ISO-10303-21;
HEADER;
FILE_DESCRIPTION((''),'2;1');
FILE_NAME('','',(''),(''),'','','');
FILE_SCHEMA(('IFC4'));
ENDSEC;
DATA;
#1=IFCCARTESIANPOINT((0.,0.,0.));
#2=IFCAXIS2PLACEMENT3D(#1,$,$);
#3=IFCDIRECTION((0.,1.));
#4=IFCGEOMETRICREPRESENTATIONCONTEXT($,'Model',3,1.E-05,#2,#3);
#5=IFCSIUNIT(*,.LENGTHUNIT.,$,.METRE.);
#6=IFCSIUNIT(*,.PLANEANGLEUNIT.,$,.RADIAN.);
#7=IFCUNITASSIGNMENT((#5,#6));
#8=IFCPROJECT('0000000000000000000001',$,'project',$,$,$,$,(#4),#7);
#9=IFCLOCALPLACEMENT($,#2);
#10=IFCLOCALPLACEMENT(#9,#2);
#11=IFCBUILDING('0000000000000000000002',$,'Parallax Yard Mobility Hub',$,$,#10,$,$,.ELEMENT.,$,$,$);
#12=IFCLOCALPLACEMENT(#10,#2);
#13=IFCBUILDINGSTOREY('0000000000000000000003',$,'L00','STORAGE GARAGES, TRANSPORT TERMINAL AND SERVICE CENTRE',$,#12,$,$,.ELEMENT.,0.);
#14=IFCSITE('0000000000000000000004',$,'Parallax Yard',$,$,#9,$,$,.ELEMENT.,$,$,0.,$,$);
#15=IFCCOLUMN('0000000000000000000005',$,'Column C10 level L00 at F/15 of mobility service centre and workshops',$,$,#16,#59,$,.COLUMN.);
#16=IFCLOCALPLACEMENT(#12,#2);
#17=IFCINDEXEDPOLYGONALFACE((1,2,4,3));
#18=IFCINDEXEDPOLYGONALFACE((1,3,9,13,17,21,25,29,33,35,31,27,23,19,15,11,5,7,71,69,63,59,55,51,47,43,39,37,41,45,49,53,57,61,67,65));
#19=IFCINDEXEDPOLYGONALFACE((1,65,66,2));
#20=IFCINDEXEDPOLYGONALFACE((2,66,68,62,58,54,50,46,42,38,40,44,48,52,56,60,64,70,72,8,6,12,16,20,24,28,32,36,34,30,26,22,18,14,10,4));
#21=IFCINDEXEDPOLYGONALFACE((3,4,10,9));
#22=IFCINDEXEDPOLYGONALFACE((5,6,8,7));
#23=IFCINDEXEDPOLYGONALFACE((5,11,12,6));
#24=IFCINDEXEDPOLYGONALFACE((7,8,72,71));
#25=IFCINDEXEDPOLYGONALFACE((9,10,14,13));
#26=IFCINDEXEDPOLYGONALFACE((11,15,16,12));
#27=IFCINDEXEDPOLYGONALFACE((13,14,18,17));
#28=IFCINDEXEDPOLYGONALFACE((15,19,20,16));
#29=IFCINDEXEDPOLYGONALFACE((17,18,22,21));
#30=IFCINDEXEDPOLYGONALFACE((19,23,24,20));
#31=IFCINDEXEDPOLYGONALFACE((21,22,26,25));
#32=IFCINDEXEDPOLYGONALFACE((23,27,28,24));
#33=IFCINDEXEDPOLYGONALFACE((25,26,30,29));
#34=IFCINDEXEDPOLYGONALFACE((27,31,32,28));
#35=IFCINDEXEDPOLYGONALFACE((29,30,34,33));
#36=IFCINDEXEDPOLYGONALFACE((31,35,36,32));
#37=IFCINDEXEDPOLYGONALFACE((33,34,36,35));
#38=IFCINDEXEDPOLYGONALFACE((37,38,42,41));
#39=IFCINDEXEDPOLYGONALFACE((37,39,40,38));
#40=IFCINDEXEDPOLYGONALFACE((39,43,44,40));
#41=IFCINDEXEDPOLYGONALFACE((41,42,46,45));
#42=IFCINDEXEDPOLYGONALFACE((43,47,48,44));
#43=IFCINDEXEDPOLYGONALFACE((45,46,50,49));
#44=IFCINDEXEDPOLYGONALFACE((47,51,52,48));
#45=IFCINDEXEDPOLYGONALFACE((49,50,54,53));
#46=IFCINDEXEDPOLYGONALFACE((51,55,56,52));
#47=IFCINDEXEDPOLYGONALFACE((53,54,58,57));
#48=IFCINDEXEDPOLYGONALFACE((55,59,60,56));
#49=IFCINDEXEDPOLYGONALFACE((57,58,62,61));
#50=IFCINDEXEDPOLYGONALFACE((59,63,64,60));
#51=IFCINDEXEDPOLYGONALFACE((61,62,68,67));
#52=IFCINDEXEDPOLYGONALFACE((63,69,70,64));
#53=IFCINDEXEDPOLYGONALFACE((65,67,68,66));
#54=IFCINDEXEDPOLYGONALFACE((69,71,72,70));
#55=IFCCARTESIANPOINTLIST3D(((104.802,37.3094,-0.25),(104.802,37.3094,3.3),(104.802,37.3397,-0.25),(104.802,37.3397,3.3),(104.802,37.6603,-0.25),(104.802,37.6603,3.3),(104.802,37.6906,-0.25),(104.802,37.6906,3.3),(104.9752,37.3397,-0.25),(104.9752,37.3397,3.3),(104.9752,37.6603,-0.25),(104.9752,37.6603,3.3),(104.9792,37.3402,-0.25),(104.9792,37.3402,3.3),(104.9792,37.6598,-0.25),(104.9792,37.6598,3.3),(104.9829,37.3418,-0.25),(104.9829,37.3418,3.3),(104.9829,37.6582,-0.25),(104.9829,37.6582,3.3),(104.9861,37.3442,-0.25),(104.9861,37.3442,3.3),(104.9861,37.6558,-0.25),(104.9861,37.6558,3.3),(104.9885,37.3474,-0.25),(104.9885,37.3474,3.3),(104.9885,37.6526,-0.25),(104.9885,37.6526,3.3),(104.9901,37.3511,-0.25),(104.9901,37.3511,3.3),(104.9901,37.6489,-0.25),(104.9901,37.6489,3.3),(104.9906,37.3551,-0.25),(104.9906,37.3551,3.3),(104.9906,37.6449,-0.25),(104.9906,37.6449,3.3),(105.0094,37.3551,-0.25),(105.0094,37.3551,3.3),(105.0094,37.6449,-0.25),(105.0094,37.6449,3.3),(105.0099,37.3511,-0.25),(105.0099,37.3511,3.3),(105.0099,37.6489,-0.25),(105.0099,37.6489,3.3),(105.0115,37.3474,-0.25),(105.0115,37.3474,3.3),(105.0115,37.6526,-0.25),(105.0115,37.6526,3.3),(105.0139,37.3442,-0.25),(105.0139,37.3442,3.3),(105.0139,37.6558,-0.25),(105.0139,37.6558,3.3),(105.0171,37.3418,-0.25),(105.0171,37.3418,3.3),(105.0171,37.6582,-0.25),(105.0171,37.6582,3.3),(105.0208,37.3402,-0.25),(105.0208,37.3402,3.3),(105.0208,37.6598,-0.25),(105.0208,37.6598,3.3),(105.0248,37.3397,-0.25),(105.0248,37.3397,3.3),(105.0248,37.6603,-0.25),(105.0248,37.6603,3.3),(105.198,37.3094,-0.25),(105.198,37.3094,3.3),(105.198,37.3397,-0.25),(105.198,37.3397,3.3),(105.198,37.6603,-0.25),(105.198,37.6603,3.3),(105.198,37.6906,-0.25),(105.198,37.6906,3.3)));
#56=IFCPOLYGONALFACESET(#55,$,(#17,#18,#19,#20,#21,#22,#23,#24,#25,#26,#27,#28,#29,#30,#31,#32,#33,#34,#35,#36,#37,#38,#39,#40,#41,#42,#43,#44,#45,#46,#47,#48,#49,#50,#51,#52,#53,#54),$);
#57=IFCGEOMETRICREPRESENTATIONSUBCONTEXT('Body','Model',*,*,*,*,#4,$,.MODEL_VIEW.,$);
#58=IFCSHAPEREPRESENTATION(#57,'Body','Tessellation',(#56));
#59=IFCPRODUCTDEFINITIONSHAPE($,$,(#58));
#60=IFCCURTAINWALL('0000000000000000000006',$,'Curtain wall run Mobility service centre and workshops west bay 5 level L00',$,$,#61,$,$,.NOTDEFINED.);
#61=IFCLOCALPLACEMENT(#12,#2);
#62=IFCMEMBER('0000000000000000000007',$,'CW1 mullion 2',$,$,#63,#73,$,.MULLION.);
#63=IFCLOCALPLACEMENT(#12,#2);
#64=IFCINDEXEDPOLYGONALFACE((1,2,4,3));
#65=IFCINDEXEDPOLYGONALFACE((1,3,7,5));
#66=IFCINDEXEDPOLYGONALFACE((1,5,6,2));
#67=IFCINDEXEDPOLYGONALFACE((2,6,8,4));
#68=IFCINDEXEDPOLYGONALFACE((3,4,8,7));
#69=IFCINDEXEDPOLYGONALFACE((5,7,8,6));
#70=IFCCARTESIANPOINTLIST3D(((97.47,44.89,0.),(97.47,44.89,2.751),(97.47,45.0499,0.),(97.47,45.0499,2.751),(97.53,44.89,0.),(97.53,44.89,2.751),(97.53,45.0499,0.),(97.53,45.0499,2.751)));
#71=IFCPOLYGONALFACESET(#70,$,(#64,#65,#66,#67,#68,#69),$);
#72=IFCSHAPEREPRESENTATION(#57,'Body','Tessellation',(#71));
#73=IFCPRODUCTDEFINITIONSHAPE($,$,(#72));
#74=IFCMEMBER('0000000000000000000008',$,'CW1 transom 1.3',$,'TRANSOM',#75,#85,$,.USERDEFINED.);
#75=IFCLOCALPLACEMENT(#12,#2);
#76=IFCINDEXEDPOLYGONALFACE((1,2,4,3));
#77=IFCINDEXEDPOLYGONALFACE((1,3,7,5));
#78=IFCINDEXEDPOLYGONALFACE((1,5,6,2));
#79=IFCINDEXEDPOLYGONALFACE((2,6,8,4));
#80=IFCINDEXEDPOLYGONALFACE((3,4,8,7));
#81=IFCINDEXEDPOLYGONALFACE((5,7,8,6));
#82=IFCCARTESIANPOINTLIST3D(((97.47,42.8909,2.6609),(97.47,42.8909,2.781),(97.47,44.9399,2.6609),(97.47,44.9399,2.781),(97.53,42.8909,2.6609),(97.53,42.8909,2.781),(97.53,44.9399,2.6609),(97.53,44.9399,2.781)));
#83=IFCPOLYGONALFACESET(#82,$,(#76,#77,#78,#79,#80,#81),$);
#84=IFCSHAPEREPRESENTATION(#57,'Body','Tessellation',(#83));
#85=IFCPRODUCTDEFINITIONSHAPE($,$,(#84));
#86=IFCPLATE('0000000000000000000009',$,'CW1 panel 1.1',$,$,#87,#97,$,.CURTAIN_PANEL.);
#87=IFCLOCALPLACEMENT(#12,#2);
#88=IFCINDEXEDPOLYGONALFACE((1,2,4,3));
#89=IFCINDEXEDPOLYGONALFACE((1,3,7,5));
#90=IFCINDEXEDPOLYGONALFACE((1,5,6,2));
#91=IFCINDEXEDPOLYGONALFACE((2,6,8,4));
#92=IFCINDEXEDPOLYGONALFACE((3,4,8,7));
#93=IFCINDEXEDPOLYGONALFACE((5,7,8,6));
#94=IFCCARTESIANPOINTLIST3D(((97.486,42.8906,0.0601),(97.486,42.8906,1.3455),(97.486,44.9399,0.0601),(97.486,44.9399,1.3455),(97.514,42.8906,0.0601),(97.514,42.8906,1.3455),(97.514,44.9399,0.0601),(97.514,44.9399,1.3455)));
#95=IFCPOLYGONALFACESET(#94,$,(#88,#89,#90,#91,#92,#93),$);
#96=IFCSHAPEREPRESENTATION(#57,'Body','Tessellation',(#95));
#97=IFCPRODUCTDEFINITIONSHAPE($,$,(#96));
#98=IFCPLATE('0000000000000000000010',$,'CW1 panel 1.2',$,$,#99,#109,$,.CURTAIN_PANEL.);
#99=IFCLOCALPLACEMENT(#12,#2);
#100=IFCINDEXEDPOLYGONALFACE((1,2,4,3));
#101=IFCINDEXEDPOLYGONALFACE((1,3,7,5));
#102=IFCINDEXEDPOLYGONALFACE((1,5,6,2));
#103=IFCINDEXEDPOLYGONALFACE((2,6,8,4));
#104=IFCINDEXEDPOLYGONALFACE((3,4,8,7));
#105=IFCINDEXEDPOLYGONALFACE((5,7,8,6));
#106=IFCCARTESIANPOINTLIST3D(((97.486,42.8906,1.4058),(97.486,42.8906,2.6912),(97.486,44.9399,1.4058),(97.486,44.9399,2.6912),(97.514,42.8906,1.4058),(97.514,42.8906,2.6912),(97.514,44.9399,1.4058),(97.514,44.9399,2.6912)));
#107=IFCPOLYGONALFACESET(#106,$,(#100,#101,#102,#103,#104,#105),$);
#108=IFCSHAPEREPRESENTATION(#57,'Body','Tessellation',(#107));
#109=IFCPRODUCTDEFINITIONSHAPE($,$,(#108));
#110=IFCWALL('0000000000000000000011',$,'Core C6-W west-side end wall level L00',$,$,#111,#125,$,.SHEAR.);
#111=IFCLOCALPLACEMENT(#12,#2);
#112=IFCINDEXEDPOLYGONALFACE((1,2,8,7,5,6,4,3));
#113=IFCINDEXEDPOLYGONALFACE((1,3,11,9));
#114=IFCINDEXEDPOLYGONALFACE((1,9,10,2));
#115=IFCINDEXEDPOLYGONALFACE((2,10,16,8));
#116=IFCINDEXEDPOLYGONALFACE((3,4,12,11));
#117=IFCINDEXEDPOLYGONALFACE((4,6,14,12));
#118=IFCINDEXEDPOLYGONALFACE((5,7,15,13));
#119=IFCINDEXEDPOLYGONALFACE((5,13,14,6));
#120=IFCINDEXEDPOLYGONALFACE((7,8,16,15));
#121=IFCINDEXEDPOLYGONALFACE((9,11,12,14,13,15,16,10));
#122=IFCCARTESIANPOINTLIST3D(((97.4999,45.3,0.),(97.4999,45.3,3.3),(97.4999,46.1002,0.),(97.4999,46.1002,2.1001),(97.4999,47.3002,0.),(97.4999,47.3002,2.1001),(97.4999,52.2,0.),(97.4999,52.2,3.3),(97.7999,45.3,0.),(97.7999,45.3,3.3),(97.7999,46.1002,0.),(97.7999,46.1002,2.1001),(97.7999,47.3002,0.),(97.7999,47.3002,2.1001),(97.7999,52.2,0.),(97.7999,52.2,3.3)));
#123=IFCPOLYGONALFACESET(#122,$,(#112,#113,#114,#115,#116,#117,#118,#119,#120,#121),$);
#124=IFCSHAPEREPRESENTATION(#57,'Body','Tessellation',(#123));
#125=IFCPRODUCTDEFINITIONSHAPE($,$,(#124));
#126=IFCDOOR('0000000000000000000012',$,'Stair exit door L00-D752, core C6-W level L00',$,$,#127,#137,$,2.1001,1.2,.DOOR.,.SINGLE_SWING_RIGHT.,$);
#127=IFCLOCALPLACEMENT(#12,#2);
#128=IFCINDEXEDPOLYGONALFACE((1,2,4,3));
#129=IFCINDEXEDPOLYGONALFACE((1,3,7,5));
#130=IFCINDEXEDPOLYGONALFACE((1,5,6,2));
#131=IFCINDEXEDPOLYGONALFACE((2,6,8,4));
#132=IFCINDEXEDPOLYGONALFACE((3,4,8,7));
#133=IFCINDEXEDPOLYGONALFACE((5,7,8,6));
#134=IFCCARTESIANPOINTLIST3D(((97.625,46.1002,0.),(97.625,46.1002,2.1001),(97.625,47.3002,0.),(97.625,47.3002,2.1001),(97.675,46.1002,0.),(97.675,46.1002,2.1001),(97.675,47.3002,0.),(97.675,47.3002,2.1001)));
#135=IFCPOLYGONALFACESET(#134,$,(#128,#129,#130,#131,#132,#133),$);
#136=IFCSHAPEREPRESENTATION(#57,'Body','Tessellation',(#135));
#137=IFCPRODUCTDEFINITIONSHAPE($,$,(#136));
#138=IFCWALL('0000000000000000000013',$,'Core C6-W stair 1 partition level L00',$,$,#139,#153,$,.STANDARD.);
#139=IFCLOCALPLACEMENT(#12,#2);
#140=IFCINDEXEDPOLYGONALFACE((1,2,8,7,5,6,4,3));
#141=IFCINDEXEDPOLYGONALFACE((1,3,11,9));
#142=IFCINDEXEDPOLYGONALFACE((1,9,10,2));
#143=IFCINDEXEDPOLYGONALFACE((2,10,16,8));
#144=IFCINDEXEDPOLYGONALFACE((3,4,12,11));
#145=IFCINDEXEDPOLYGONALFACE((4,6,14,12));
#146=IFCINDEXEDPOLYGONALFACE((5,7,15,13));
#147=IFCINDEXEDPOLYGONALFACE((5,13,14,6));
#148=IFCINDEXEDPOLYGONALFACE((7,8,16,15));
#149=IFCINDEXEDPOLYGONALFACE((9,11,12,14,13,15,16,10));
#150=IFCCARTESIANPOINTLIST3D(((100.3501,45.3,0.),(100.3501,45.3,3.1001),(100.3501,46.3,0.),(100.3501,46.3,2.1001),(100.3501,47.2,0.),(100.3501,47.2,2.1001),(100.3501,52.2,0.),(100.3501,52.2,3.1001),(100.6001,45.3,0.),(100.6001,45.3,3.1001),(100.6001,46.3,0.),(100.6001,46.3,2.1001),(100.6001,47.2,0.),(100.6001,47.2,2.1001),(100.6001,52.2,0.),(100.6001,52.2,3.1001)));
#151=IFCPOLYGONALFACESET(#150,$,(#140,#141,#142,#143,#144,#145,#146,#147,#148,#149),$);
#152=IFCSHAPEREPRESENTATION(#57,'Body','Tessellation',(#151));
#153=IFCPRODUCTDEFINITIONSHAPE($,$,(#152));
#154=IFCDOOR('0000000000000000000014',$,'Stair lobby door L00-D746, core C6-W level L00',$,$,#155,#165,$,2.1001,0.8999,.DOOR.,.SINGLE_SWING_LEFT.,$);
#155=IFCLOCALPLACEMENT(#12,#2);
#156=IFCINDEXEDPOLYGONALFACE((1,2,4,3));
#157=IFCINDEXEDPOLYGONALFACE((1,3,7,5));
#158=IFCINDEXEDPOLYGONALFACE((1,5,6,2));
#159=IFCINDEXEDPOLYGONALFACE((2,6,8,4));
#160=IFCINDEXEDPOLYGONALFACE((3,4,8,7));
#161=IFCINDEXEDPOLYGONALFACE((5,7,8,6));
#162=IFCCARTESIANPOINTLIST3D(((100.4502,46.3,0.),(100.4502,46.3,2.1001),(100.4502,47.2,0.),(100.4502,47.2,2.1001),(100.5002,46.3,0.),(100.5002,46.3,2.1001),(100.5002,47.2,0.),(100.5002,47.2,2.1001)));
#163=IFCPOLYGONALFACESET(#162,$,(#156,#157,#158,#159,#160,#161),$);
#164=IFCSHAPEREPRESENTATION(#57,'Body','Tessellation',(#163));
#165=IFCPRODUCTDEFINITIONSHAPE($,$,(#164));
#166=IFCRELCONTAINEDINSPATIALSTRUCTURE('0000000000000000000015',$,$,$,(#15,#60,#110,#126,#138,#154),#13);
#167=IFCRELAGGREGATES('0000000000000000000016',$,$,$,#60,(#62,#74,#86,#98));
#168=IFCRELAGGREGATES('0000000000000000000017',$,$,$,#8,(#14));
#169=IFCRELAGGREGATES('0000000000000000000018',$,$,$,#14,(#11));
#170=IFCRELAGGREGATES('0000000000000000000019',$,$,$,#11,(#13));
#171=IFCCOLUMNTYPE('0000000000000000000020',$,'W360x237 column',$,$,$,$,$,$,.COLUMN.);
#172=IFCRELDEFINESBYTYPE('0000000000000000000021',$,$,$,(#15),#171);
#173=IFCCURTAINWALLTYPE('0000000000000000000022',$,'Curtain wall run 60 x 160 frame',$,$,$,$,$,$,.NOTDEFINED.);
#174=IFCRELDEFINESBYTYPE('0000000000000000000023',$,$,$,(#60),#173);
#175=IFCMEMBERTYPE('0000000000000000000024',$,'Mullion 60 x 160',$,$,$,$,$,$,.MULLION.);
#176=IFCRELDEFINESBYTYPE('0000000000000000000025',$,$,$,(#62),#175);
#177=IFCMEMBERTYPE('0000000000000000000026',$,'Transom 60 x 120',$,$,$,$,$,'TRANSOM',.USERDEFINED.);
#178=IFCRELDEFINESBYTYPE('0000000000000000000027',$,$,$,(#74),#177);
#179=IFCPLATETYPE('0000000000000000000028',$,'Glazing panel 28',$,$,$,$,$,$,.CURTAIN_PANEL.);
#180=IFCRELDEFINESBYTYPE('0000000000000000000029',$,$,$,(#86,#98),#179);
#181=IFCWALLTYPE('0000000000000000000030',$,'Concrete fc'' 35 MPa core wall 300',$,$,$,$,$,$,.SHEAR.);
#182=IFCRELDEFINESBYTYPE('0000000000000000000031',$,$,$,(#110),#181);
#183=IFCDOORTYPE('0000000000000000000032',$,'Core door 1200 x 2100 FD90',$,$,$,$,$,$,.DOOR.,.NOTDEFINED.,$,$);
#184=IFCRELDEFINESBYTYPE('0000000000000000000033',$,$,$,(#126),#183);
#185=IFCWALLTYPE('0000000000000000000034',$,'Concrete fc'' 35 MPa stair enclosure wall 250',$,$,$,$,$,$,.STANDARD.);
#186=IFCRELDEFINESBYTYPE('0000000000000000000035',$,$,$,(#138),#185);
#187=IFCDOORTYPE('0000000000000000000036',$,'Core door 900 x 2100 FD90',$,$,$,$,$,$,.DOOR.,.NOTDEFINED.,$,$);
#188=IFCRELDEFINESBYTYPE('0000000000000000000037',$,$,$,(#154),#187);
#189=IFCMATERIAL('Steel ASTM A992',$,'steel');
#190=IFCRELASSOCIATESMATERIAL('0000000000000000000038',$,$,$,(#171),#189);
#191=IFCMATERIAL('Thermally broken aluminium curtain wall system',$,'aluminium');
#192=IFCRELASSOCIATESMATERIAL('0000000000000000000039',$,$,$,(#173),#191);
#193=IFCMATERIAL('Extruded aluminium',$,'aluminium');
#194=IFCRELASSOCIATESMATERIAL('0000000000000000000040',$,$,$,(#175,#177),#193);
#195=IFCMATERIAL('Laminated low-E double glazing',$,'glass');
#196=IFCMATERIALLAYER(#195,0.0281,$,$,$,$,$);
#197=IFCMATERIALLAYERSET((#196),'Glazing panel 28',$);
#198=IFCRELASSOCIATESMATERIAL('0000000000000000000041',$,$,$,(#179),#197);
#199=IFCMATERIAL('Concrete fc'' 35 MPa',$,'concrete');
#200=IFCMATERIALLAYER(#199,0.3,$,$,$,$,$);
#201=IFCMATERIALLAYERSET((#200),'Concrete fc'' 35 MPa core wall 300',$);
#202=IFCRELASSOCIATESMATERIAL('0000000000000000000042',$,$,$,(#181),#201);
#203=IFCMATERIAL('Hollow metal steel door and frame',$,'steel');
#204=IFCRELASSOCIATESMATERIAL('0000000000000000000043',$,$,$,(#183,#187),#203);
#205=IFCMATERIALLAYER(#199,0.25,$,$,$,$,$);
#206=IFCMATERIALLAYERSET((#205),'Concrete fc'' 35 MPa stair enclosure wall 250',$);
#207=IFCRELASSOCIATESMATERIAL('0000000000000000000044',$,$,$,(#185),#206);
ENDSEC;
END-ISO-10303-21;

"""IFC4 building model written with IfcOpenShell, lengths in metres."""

from ifc_helpers import new_model, si_unit, direction, frame, frame_2d, origin, origin_2d, place, context, subcontext, project, spatial, rectangle, i_section, extrude, material, layer, layer_set, material_profile, profile_set, type_object, element, fill, aggregate, save


model = new_model("IFC4")

# Units and contexts
model_context = context("Model", 3, precision=1e-05, world=origin(), true_north=direction((0.0, 1.0)))
body_context = subcontext(model_context, "Body", "Model", "MODEL_VIEW")
ifc_project = project(units=[si_unit("LENGTHUNIT", "METRE"), si_unit("PLANEANGLEUNIT", "RADIAN")], contexts=[model_context])

# Site, building, storey
site_placement = place(None, origin())
site = spatial("IfcSite", under=ifc_project, at=site_placement, Name="Parallax Yard", CompositionType="ELEMENT", RefElevation=0.0)
building_placement = place(site_placement, origin())
building = spatial("IfcBuilding", under=site, at=building_placement, Name="Parallax Yard Mobility Hub", CompositionType="ELEMENT")
storey_placement = place(building_placement, origin())
storey = spatial("IfcBuildingStorey", under=building, at=storey_placement, Name="L00", Description="STORAGE GARAGES, TRANSPORT TERMINAL AND SERVICE CENTRE", CompositionType="ELEMENT", Elevation=0.0)

# Column
ifc_material_1 = material(Name="Steel ASTM A992", Category="steel")
ifc_material_profile_1 = material_profile(ifc_material_1, i_section(OverallWidth=0.396, OverallDepth=0.3811, WebThickness=0.0188, FlangeThickness=0.0303, FilletRadius=0.0154, at=origin_2d()), Name="W360x237")
ifc_profile_set_1 = profile_set([ifc_material_profile_1], Name="Steel ASTM A992")
column_type_1 = type_object("IfcColumnType", Name="W360x237 column", PredefinedType="COLUMN", material=ifc_profile_set_1)
column_1_placement = place(storey_placement, frame((105.0, 37.5, -0.25), z_axis=(0.0, 0.0, 1.0), x_axis=(1.0, 0.0, 0.0)))
element("IfcColumn", 1, at=column_1_placement, inside=storey, type_object=column_type_1, Name="Column C10 level L00 at F/15 of mobility service centre and workshops", PredefinedType="COLUMN", context=body_context, shape_type="SweptSolid", body=[
    extrude(i_section(OverallWidth=0.396, OverallDepth=0.3811, WebThickness=0.0188, FlangeThickness=0.0303, FilletRadius=0.0154, at=origin_2d()), origin(), (0.0, 0.0, 1.0), 3.55),
])

# Curtain wall, members, plates
ifc_material_2 = material(Name="Thermally broken aluminium curtain wall system", Category="aluminium")
curtain_wall_type = type_object("IfcCurtainWallType", Name="Curtain wall run 60 x 160 frame", PredefinedType="NOTDEFINED", material=ifc_material_2)
curtain_wall_placement = place(storey_placement, origin())
curtain_wall = element("IfcCurtainWall", 2, at=curtain_wall_placement, inside=storey, type_object=curtain_wall_type, Name="Curtain wall run Mobility service centre and workshops west bay 5 level L00", PredefinedType="NOTDEFINED")
ifc_material_3 = material(Name="Extruded aluminium", Category="aluminium")
ifc_material_profile_2 = material_profile(ifc_material_3, rectangle(XDim=0.0601, YDim=0.1599, at=origin_2d()), Name="Mullion 60 x 160")
ifc_profile_set_2 = profile_set([ifc_material_profile_2], Name="Extruded aluminium")
member_type_1 = type_object("IfcMemberType", Name="Mullion 60 x 160", PredefinedType="MULLION", material=ifc_profile_set_2)
member_1_placement = place(storey_placement, frame((97.5, 44.97, 0.0), z_axis=(0.0, 0.0, 1.0), x_axis=(-1.0, 0.0, 0.0)))
member_1 = element("IfcMember", 3, at=member_1_placement, type_object=member_type_1, Name="CW1 mullion 2", PredefinedType="MULLION", context=body_context, shape_type="SweptSolid", body=[
    extrude(rectangle(XDim=0.0601, YDim=0.1599, at=origin_2d()), origin(), (0.0, 0.0, 1.0), 2.751),
])
ifc_material_profile_3 = material_profile(ifc_material_3, rectangle(XDim=0.0601, YDim=0.1201, at=origin_2d()), Name="Transom 60 x 120")
ifc_profile_set_3 = profile_set([ifc_material_profile_3], Name="Extruded aluminium")
member_type_2 = type_object("IfcMemberType", Name="Transom 60 x 120", ElementType="TRANSOM", PredefinedType="USERDEFINED", material=ifc_profile_set_3)
member_2_placement = place(storey_placement, frame((97.5, 42.8909, 2.7209), z_axis=(0.0, 1.0, 0.0), x_axis=(-1.0, 0.0, 0.0)))
member_2 = element("IfcMember", 4, at=member_2_placement, type_object=member_type_2, Name="CW1 transom 1.3", ObjectType="TRANSOM", PredefinedType="USERDEFINED", context=body_context, shape_type="SweptSolid", body=[
    extrude(rectangle(XDim=0.0601, YDim=0.1201, at=origin_2d()), origin(), (0.0, 0.0, 1.0), 2.0491),
])
ifc_material_4 = material(Name="Laminated low-E double glazing", Category="glass")
ifc_layer_1 = layer(ifc_material_4, 0.0281)
ifc_layer_set_1 = layer_set([ifc_layer_1], Name="Glazing panel 28")
plate_type = type_object("IfcPlateType", Name="Glazing panel 28", PredefinedType="CURTAIN_PANEL", material=ifc_layer_set_1)
plate_1_placement = place(storey_placement, frame((97.5, 43.9153, 0.0601), z_axis=(0.0, 0.0, 1.0), x_axis=(0.0, 1.0, 0.0)))
plate_1 = element("IfcPlate", 5, at=plate_1_placement, type_object=plate_type, Name="CW1 panel 1.1", PredefinedType="CURTAIN_PANEL", context=body_context, shape_type="SweptSolid", body=[
    extrude(rectangle(XDim=2.0493, YDim=0.0281, at=origin_2d()), origin(), (0.0, 0.0, 1.0), 1.2854),
])
plate_2_placement = place(storey_placement, frame((97.5, 43.9153, 1.4058), z_axis=(0.0, 0.0, 1.0), x_axis=(0.0, 1.0, 0.0)))
plate_2 = element("IfcPlate", 6, at=plate_2_placement, type_object=plate_type, Name="CW1 panel 1.2", PredefinedType="CURTAIN_PANEL", context=body_context, shape_type="SweptSolid", body=[
    extrude(rectangle(XDim=2.0493, YDim=0.0281, at=origin_2d()), origin(), (0.0, 0.0, 1.0), 1.2854),
])
aggregate(curtain_wall, [member_1, member_2, plate_1, plate_2])

# Walls, openings, doors
ifc_material_5 = material(Name="Concrete fc' 35 MPa", Category="concrete")
ifc_layer_2 = layer(ifc_material_5, 0.3)
ifc_layer_set_2 = layer_set([ifc_layer_2], Name="Concrete fc' 35 MPa core wall 300")
wall_type_1 = type_object("IfcWallType", Name="Concrete fc' 35 MPa core wall 300", PredefinedType="SHEAR", material=ifc_layer_set_2)
wall_1_placement = place(storey_placement, frame((97.6499, 45.3, 0.0), z_axis=(0.0, 0.0, 1.0), x_axis=(0.0, 1.0, 0.0)))
wall_1 = element("IfcWall", 7, at=wall_1_placement, inside=storey, type_object=wall_type_1, Name="Core C6-W west-side end wall level L00", PredefinedType="SHEAR", context=body_context, shape_type="SweptSolid", body=[
    extrude(rectangle(XDim=6.8999, YDim=0.3, at=frame_2d((3.45, 0.0))), origin(), (0.0, 0.0, 1.0), 3.3),
])
opening_1_placement = place(wall_1_placement, frame((0.8, 0.0, 0.0)))
opening_1 = element("IfcOpeningElement", 8, at=opening_1_placement, cuts=wall_1, PredefinedType="OPENING", context=body_context, shape_type="SweptSolid", body=[
    extrude(rectangle(XDim=1.2, YDim=2.1001, at=frame_2d((0.6001, 1.05))), frame((0.0, 0.1602, 0.0), z_axis=(0.0, -1.0, 0.0), x_axis=(1.0, 0.0, 0.0)), (0.0, 0.0, 1.0), 0.3201),
])
ifc_material_6 = material(Name="Hollow metal steel door and frame", Category="steel")
door_type_1 = type_object("IfcDoorType", Name="Core door 1200 x 2100 FD90", OperationType="NOTDEFINED", PredefinedType="DOOR", material=ifc_material_6)
door_1_placement = place(opening_1_placement, origin())
door_1 = element("IfcDoor", 9, at=door_1_placement, inside=storey, type_object=door_type_1, Name="Stair exit door L00-D752, core C6-W level L00", OperationType="SINGLE_SWING_RIGHT", OverallHeight=2.1001, OverallWidth=1.2, PredefinedType="DOOR", context=body_context, shape_type="SweptSolid", body=[
    extrude(rectangle(XDim=1.2, YDim=2.1001, at=frame_2d((0.6001, 1.05))), frame((0.0, 0.0249, 0.0), z_axis=(0.0, -1.0, 0.0), x_axis=(1.0, 0.0, 0.0)), (0.0, 0.0, 1.0), 0.05),
])
fill(opening_1, door_1)
ifc_layer_3 = layer(ifc_material_5, 0.25)
ifc_layer_set_3 = layer_set([ifc_layer_3], Name="Concrete fc' 35 MPa stair enclosure wall 250")
wall_type_2 = type_object("IfcWallType", Name="Concrete fc' 35 MPa stair enclosure wall 250", PredefinedType="STANDARD", material=ifc_layer_set_3)
wall_2_placement = place(storey_placement, frame((100.4751, 45.3, 0.0), z_axis=(0.0, 0.0, 1.0), x_axis=(0.0, 1.0, 0.0)))
wall_2 = element("IfcWall", 10, at=wall_2_placement, inside=storey, type_object=wall_type_2, Name="Core C6-W stair 1 partition level L00", PredefinedType="STANDARD", context=body_context, shape_type="SweptSolid", body=[
    extrude(rectangle(XDim=6.8999, YDim=0.25, at=frame_2d((3.45, 0.0))), origin(), (0.0, 0.0, 1.0), 3.1001),
])
opening_2_placement = place(wall_2_placement, frame((1.0, 0.0, 0.0)))
opening_2 = element("IfcOpeningElement", 11, at=opening_2_placement, cuts=wall_2, PredefinedType="OPENING", context=body_context, shape_type="SweptSolid", body=[
    extrude(rectangle(XDim=0.8999, YDim=2.1001, at=frame_2d((0.45, 1.05))), frame((0.0, 0.135, 0.0), z_axis=(0.0, -1.0, 0.0), x_axis=(1.0, 0.0, 0.0)), (0.0, 0.0, 1.0), 0.27),
])
door_type_2 = type_object("IfcDoorType", Name="Core door 900 x 2100 FD90", OperationType="NOTDEFINED", PredefinedType="DOOR", material=ifc_material_6)
door_2_placement = place(opening_2_placement, origin())
door_2 = element("IfcDoor", 12, at=door_2_placement, inside=storey, type_object=door_type_2, Name="Stair lobby door L00-D746, core C6-W level L00", OperationType="SINGLE_SWING_LEFT", OverallHeight=2.1001, OverallWidth=0.8999, PredefinedType="DOOR", context=body_context, shape_type="SweptSolid", body=[
    extrude(rectangle(XDim=0.8999, YDim=2.1001, at=frame_2d((0.45, 1.05))), frame((0.0, 0.0249, 0.0), z_axis=(0.0, -1.0, 0.0), x_axis=(1.0, 0.0, 0.0)), (0.0, 0.0, 1.0), 0.05),
])
fill(opening_2, door_2)

save(model, "model.ifc")
